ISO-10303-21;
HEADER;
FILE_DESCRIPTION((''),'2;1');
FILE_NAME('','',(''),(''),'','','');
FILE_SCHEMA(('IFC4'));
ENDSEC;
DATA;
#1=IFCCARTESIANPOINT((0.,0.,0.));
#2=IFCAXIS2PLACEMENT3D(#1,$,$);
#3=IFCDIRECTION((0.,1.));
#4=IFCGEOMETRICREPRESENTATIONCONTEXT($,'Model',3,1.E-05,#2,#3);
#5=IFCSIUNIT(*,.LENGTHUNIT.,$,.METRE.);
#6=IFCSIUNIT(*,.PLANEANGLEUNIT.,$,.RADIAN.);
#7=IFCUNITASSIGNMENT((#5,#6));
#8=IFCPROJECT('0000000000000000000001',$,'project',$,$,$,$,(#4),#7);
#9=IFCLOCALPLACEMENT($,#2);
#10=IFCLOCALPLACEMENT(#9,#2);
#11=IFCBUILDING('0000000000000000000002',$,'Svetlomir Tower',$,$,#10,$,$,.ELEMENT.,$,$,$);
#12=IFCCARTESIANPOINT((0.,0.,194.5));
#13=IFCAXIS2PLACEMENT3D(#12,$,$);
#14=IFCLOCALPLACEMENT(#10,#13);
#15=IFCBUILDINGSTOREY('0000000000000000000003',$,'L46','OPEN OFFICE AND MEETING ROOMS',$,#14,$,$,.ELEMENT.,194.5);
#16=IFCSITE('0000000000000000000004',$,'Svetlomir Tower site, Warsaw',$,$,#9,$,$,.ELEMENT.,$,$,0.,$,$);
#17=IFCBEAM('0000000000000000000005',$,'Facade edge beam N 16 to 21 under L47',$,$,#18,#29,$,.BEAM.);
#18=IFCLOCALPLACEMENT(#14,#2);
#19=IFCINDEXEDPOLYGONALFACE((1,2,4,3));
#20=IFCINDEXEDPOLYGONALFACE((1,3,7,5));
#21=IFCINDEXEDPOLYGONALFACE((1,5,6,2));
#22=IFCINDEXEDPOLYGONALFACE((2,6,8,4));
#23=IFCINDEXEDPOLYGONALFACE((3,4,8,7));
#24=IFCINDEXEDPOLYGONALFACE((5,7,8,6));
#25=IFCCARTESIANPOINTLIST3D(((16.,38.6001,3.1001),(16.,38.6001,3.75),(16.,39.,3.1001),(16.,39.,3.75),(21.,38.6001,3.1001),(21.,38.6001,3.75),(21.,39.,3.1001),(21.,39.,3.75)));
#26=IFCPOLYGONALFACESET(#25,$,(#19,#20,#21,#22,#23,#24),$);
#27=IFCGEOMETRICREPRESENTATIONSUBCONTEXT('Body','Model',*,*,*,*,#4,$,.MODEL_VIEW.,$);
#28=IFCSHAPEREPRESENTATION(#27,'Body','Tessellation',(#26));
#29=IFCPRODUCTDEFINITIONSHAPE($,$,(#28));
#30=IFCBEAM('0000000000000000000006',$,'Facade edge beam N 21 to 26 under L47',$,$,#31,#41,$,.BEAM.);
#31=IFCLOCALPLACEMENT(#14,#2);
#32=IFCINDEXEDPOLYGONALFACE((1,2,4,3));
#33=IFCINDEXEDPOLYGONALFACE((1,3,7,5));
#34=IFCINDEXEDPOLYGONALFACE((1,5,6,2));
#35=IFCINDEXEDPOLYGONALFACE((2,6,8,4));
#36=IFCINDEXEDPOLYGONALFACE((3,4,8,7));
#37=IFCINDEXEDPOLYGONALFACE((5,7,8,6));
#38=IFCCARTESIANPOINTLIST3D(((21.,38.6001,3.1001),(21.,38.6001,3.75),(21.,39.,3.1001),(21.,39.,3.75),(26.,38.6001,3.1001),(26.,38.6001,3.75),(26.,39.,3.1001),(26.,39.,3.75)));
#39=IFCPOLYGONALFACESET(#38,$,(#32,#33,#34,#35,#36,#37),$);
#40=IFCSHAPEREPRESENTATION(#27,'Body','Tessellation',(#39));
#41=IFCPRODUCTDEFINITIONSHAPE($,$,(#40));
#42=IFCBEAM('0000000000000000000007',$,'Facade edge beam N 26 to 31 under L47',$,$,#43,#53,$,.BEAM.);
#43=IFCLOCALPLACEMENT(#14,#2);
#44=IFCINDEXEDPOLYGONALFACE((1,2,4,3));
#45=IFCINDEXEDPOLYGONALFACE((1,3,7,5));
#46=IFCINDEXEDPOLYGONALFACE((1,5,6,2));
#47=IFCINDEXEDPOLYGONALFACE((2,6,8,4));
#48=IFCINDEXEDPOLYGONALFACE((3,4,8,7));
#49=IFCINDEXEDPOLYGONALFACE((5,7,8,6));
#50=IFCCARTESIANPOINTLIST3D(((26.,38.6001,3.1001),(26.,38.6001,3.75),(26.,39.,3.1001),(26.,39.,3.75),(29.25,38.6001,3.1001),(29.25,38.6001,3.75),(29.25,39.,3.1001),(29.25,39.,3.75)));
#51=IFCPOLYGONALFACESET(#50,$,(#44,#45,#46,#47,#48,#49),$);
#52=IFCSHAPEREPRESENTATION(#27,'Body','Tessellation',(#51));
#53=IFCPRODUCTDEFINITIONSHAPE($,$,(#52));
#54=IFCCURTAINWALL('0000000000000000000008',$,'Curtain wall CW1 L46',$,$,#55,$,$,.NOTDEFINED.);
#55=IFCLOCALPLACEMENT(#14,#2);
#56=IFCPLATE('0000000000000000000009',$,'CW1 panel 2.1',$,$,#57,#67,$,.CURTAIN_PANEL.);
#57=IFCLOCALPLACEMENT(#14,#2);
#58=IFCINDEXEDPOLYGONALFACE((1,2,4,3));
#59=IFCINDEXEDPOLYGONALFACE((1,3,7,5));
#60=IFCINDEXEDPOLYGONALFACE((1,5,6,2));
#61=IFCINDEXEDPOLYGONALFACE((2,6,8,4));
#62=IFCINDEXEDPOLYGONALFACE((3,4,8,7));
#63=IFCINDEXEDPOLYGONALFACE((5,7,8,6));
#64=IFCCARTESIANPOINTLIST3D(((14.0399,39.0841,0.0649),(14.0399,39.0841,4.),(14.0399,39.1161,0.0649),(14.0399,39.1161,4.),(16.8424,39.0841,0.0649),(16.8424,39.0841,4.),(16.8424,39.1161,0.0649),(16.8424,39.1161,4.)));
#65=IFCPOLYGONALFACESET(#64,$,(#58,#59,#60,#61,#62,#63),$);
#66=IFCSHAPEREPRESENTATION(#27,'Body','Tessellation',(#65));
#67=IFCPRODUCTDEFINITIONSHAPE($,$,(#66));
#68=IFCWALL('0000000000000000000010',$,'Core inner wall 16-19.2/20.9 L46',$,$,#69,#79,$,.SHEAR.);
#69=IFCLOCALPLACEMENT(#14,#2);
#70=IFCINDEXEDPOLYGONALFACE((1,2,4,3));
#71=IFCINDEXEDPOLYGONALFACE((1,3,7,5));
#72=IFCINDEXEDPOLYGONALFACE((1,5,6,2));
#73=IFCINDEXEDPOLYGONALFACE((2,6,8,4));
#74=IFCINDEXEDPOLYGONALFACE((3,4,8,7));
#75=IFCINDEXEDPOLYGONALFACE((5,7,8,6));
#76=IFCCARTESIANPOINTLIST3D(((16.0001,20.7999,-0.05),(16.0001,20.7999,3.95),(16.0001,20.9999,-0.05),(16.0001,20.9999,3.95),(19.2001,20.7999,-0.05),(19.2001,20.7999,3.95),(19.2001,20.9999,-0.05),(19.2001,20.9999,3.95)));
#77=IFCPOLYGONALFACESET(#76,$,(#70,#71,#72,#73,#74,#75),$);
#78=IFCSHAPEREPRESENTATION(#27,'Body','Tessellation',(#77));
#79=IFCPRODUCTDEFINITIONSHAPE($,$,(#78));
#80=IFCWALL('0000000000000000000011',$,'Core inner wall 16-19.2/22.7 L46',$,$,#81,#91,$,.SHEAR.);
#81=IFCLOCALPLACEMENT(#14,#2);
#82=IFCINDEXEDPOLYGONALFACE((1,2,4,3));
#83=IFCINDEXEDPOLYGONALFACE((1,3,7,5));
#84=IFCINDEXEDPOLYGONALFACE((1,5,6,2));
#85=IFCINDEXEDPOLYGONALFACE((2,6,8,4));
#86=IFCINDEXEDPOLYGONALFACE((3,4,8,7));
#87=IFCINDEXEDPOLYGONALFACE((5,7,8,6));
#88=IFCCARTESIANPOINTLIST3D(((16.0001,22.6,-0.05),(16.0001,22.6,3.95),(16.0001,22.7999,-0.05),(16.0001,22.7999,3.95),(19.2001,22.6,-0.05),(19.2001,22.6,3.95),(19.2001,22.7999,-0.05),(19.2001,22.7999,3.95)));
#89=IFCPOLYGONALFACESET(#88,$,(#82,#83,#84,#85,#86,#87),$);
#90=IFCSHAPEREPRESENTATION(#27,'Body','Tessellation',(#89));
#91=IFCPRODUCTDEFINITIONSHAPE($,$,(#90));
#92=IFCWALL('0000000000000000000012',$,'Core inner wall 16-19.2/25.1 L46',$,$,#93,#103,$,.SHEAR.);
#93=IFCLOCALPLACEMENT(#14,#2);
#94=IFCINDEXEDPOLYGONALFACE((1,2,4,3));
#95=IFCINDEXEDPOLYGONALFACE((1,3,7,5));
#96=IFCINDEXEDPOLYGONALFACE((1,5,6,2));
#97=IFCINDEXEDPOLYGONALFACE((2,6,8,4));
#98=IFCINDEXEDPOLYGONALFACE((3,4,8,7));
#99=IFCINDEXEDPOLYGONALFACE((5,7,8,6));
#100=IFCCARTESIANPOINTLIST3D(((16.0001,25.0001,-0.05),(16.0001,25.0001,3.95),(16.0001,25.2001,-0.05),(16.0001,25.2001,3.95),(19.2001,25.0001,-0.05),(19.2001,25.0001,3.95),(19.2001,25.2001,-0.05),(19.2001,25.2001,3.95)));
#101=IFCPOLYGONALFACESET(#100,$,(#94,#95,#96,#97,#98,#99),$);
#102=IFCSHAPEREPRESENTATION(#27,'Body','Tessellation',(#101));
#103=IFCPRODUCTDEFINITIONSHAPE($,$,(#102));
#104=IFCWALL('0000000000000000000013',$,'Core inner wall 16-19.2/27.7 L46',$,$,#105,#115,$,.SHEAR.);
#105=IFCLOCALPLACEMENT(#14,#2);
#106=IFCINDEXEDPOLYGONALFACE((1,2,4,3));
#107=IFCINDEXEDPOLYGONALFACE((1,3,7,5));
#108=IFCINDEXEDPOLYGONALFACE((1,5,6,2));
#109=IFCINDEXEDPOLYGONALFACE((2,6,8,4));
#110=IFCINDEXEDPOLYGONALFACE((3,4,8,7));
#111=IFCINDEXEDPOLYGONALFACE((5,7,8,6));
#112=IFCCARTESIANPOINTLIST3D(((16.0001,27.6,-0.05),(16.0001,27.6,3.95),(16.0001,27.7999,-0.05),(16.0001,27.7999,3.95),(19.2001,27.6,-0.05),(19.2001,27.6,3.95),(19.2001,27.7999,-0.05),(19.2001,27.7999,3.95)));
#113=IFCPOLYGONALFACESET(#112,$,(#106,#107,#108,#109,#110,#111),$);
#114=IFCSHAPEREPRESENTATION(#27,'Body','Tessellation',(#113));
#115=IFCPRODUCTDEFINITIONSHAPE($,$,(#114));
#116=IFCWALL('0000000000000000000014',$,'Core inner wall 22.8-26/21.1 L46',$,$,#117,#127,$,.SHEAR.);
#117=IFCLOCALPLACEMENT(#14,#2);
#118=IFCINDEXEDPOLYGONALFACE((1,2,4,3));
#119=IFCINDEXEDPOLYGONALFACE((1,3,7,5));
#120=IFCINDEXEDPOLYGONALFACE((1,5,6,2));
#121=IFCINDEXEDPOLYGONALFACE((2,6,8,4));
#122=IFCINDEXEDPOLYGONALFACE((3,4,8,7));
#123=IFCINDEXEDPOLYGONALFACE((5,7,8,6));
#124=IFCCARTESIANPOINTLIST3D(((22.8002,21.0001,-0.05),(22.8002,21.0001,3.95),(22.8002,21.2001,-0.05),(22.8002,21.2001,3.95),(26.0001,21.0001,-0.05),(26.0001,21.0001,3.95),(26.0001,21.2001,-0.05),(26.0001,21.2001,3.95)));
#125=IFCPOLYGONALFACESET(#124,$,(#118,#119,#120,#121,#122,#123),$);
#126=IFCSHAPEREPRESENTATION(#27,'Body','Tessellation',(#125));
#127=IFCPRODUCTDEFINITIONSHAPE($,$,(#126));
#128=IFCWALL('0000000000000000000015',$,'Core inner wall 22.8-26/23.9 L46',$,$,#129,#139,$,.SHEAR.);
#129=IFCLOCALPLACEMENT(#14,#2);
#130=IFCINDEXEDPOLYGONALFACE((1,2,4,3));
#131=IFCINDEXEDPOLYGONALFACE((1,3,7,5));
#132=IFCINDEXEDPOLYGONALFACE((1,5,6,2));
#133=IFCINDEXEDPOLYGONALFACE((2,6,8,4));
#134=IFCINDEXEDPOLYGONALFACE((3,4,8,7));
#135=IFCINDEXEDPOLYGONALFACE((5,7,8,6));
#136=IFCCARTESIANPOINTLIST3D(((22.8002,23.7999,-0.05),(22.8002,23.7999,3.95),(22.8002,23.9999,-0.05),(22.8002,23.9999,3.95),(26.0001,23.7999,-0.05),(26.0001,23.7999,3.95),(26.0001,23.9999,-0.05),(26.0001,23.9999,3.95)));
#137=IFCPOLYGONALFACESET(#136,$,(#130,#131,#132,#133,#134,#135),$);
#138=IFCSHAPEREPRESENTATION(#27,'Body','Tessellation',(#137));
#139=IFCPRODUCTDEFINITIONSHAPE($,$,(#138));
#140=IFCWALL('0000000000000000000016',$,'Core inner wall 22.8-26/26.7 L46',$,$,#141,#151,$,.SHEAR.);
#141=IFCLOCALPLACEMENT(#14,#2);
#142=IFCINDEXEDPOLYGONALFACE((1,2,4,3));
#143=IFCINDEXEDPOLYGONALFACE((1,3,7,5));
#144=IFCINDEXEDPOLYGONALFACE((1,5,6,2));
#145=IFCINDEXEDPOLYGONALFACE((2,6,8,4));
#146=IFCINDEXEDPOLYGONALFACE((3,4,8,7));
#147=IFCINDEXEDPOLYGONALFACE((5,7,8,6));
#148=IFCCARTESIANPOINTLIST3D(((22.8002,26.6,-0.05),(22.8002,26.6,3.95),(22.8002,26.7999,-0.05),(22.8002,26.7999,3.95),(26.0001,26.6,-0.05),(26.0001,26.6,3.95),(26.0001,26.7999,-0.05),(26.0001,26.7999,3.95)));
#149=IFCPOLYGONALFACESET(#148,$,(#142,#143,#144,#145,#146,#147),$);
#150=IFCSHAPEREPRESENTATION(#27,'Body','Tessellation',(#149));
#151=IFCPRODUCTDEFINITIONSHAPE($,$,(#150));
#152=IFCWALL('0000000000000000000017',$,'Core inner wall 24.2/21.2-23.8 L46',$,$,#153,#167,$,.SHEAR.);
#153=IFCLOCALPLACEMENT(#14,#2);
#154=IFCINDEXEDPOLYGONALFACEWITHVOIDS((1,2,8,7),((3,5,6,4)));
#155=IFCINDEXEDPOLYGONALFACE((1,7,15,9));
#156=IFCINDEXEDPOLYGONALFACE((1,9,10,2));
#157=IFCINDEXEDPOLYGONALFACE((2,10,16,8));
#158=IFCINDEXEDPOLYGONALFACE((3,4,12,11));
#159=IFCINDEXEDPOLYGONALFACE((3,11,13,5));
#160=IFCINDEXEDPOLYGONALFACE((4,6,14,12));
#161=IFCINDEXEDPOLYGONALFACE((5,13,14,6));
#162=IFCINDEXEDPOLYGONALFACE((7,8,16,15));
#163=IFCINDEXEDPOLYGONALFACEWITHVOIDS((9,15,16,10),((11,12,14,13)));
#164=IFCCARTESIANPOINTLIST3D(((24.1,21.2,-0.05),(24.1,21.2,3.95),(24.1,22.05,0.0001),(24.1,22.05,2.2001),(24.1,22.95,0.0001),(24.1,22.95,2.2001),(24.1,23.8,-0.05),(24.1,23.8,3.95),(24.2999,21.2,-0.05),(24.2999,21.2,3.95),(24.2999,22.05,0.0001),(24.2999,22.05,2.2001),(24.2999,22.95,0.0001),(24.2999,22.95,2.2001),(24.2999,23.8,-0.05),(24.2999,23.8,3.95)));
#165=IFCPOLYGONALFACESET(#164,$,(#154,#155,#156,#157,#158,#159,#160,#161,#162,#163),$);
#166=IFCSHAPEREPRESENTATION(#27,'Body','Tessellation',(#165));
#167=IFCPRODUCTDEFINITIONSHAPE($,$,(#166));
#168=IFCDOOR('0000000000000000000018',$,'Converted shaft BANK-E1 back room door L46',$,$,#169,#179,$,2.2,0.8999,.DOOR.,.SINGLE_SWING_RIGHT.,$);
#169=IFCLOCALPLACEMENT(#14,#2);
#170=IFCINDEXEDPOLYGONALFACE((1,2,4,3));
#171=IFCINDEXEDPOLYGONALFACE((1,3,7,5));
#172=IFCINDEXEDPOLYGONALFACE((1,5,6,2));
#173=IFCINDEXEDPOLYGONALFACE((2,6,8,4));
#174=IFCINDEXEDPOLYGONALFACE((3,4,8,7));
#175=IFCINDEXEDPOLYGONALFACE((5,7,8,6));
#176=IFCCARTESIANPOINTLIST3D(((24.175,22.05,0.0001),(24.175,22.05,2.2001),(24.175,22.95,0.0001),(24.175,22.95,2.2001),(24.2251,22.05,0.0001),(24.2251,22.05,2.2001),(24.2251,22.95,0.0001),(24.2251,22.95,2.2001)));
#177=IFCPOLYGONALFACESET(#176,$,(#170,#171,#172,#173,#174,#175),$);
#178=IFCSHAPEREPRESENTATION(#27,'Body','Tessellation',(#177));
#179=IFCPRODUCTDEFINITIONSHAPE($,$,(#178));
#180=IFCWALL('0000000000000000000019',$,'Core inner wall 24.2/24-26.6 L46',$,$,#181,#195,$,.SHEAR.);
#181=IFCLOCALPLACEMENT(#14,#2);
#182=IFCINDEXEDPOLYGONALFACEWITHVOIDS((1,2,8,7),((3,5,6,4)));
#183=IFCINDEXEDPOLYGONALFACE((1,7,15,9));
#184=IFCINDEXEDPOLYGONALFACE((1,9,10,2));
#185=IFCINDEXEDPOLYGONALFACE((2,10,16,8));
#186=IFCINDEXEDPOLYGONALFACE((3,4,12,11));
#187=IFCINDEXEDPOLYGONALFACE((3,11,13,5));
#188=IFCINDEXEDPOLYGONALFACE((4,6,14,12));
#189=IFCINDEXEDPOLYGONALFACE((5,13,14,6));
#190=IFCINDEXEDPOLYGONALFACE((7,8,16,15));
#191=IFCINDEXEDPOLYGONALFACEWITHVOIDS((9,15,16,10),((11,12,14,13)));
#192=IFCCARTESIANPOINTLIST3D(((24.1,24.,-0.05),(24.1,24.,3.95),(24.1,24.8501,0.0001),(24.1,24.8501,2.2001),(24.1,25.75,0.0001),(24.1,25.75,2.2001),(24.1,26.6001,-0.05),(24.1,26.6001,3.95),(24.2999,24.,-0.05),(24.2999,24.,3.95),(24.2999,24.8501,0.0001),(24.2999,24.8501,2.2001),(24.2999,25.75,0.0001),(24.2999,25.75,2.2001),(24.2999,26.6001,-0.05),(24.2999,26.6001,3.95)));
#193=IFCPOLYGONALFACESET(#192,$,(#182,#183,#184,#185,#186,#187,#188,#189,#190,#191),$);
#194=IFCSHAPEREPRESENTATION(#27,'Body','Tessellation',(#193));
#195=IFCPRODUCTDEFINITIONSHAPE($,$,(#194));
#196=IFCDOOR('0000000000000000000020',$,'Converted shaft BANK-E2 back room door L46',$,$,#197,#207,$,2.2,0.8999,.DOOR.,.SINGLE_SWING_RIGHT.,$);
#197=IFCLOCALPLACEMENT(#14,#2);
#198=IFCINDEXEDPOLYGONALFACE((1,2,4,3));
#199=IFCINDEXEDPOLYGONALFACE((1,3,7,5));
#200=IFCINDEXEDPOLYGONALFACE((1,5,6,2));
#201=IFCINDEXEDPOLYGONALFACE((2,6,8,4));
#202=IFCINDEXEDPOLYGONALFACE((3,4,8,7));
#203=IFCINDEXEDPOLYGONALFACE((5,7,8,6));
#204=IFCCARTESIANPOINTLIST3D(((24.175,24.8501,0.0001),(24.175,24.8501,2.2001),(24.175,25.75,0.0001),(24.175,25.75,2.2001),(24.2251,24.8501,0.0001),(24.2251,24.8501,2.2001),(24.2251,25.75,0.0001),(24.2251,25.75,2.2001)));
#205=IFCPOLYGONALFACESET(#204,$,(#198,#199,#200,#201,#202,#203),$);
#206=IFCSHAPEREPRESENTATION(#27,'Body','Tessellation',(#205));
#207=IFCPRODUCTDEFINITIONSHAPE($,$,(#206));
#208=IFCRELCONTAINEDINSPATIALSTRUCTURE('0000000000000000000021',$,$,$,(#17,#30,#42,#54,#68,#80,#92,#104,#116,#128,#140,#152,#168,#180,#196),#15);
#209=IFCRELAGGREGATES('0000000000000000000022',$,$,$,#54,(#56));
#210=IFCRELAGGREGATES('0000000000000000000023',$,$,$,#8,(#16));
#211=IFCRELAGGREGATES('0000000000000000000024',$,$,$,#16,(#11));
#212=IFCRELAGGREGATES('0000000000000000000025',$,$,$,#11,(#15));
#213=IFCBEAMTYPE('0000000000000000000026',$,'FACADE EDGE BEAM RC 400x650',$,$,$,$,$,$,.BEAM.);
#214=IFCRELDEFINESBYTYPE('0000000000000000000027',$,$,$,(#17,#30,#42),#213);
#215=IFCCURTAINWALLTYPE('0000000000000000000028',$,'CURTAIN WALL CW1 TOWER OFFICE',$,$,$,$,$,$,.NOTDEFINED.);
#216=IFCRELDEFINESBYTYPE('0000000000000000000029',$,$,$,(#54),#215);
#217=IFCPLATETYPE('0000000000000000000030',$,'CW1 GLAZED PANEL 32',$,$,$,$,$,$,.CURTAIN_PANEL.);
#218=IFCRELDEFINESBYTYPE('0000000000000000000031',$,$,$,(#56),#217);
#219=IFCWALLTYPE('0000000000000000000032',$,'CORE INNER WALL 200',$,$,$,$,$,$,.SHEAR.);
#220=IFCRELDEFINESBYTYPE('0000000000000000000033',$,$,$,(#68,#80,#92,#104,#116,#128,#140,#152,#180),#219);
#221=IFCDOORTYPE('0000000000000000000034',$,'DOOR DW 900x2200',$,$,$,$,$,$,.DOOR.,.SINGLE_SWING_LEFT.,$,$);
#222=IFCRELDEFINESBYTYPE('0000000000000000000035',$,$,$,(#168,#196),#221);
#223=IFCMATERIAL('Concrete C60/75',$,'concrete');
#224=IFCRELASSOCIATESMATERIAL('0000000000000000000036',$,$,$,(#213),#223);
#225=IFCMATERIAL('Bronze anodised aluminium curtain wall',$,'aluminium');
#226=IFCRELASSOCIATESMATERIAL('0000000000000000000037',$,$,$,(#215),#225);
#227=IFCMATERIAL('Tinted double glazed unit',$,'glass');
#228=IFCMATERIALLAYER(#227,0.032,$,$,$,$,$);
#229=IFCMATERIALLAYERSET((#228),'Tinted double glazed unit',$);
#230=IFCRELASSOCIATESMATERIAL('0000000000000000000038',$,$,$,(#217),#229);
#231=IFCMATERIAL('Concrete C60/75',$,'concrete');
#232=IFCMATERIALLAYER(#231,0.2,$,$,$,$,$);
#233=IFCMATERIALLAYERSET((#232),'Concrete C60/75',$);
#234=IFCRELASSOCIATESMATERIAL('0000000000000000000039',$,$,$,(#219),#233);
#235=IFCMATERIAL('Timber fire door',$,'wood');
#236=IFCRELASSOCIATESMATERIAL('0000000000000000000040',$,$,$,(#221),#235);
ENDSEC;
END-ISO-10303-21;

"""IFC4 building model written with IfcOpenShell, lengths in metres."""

from ifc_helpers import new_model, si_unit, direction, frame, frame_2d, origin, origin_2d, place, context, subcontext, project, spatial, rectangle, extrude, material, layer, layer_set, material_profile, profile_set, type_object, element, fill, aggregate, save


model = new_model("IFC4")

# Units and contexts
model_context = context("Model", 3, precision=1e-05, world=origin(), true_north=direction((0.0, 1.0)))
body_context = subcontext(model_context, "Body", "Model", "MODEL_VIEW")
ifc_project = project(units=[si_unit("LENGTHUNIT", "METRE"), si_unit("PLANEANGLEUNIT", "RADIAN")], contexts=[model_context])

# Site, building, storey
site_placement = place(None, origin())
site = spatial("IfcSite", under=ifc_project, at=site_placement, Name="Svetlomir Tower site, Warsaw", CompositionType="ELEMENT", RefElevation=0.0)
building_placement = place(site_placement, origin())
building = spatial("IfcBuilding", under=site, at=building_placement, Name="Svetlomir Tower", CompositionType="ELEMENT")
storey_placement = place(building_placement, frame((0.0, 0.0, 194.5)))
storey = spatial("IfcBuildingStorey", under=building, at=storey_placement, Name="L46", Description="OPEN OFFICE AND MEETING ROOMS", CompositionType="ELEMENT", Elevation=194.5)

# Beams
ifc_material_1 = material(Name="Concrete C60/75", Category="concrete")
ifc_material_profile = material_profile(ifc_material_1, rectangle(XDim=0.3999, YDim=0.6499, at=origin_2d()), Name="RC 400x650")
ifc_profile_set = profile_set([ifc_material_profile], Name="Concrete C60/75")
beam_type = type_object("IfcBeamType", Name="FACADE EDGE BEAM RC 400x650", PredefinedType="BEAM", material=ifc_profile_set)
for number, where, z_axis, x_axis, name in (
    (1, (16.0, 38.8, 3.425), (1.0, 0.0, 0.0), (0.0, 1.0, 0.0), "Facade edge beam N 16 to 21 under L47"),
    (2, (21.0, 38.8, 3.425), (1.0, 0.0, 0.0), (0.0, 1.0, 0.0), "Facade edge beam N 21 to 26 under L47"),
):
    element("IfcBeam", number, at=place(storey_placement, frame(where, z_axis=z_axis, x_axis=x_axis)), inside=storey, type_object=beam_type, Name=name, PredefinedType="BEAM", context=body_context, shape_type="SweptSolid", body=[
        extrude(rectangle(XDim=0.3999, YDim=0.6499, at=origin_2d()), origin(), (0.0, 0.0, 1.0), 5.0),
    ])
beam_placement = place(storey_placement, frame((26.0, 38.8, 3.425), z_axis=(1.0, 0.0, 0.0), x_axis=(0.0, 1.0, 0.0)))
element("IfcBeam", 3, at=beam_placement, inside=storey, type_object=beam_type, Name="Facade edge beam N 26 to 31 under L47", PredefinedType="BEAM", context=body_context, shape_type="SweptSolid", body=[
    extrude(rectangle(XDim=0.3999, YDim=0.6499, at=origin_2d()), origin(), (0.0, 0.0, 1.0), 3.25),
])

# Curtain wall, plate
ifc_material_2 = material(Name="Bronze anodised aluminium curtain wall", Category="aluminium")
curtain_wall_type = type_object("IfcCurtainWallType", Name="CURTAIN WALL CW1 TOWER OFFICE", PredefinedType="NOTDEFINED", material=ifc_material_2)
curtain_wall_placement = place(storey_placement, origin())
curtain_wall = element("IfcCurtainWall", 4, at=curtain_wall_placement, inside=storey, type_object=curtain_wall_type, Name="Curtain wall CW1 L46", PredefinedType="NOTDEFINED")
ifc_material_3 = material(Name="Tinted double glazed unit", Category="glass")
ifc_layer_1 = layer(ifc_material_3, 0.032)
ifc_layer_set_1 = layer_set([ifc_layer_1], Name="Tinted double glazed unit")
plate_type = type_object("IfcPlateType", Name="CW1 GLAZED PANEL 32", PredefinedType="CURTAIN_PANEL", material=ifc_layer_set_1)
plate_placement = place(storey_placement, frame((15.4412, 39.1001, 0.0649), z_axis=(0.0, 0.0, 1.0), x_axis=(-1.0, 0.0, 0.0)))
plate = element("IfcPlate", 5, at=plate_placement, type_object=plate_type, Name="CW1 panel 2.1", PredefinedType="CURTAIN_PANEL", context=body_context, shape_type="SweptSolid", body=[
    extrude(rectangle(XDim=2.8025, YDim=0.032, at=origin_2d()), origin(), (0.0, 0.0, 1.0), 3.9351),
])
aggregate(curtain_wall, [plate])

# Walls
ifc_material_4 = material(Name="Concrete C60/75", Category="concrete")
ifc_layer_2 = layer(ifc_material_4, 0.2)
ifc_layer_set_2 = layer_set([ifc_layer_2], Name="Concrete C60/75")
wall_type_1 = type_object("IfcWallType", Name="CORE INNER WALL 200", PredefinedType="SHEAR", material=ifc_layer_set_2)
for number, where, z_axis, x_axis, name in (
    (6, (16.0, 20.8999, -0.05), (0.0, 0.0, 1.0), (1.0, 0.0, 0.0), "Core inner wall 16-19.2/20.9 L46"),
    (7, (16.0, 22.7, -0.05), (0.0, 0.0, 1.0), (1.0, 0.0, 0.0), "Core inner wall 16-19.2/22.7 L46"),
    (8, (16.0, 25.1001, -0.05), (0.0, 0.0, 1.0), (1.0, 0.0, 0.0), "Core inner wall 16-19.2/25.1 L46"),
    (9, (16.0, 27.7, -0.05), (0.0, 0.0, 1.0), (1.0, 0.0, 0.0), "Core inner wall 16-19.2/27.7 L46"),
    (10, (22.8, 21.1001, -0.05), (0.0, 0.0, 1.0), (1.0, 0.0, 0.0), "Core inner wall 22.8-26/21.1 L46"),
    (11, (22.8, 23.8999, -0.05), (0.0, 0.0, 1.0), (1.0, 0.0, 0.0), "Core inner wall 22.8-26/23.9 L46"),
    (12, (22.8, 26.7, -0.05), (0.0, 0.0, 1.0), (1.0, 0.0, 0.0), "Core inner wall 22.8-26/26.7 L46"),
):
    element("IfcWall", number, at=place(storey_placement, frame(where, z_axis=z_axis, x_axis=x_axis)), inside=storey, type_object=wall_type_1, Name=name, PredefinedType="SHEAR", context=body_context, shape_type="SweptSolid", body=[
        extrude(rectangle(XDim=3.2, YDim=0.2, at=frame_2d((1.6001, 0.0))), origin(), (0.0, 0.0, 1.0), 4.0),
    ])

# Walls, openings, doors
wall_1_placement = place(storey_placement, frame((24.2, 21.2, -0.05), z_axis=(0.0, 0.0, 1.0), x_axis=(0.0, 1.0, 0.0)))
wall_1 = element("IfcWall", 13, at=wall_1_placement, inside=storey, type_object=wall_type_1, Name="Core inner wall 24.2/21.2-23.8 L46", PredefinedType="SHEAR", context=body_context, shape_type="SweptSolid", body=[
    extrude(rectangle(XDim=2.6001, YDim=0.2, at=frame_2d((1.3, 0.0))), origin(), (0.0, 0.0, 1.0), 4.0),
])
opening_1_placement = place(wall_1_placement, frame((0.8501, 0.0, 0.05)))
opening_1 = element("IfcOpeningElement", 14, at=opening_1_placement, cuts=wall_1, PredefinedType="OPENING", context=body_context, shape_type="SweptSolid", body=[
    extrude(rectangle(XDim=0.8999, YDim=2.2, at=frame_2d((0.45, 1.1001))), frame((0.0, 0.1099, 0.0), z_axis=(0.0, -1.0, 0.0), x_axis=(1.0, 0.0, 0.0)), (0.0, 0.0, 1.0), 0.22),
])
ifc_material_5 = material(Name="Timber fire door", Category="wood")
door_type_1 = type_object("IfcDoorType", Name="DOOR DW 900x2200", OperationType="SINGLE_SWING_LEFT", PredefinedType="DOOR", material=ifc_material_5)
door_1_placement = place(opening_1_placement, origin())
door_1 = element("IfcDoor", 15, at=door_1_placement, inside=storey, type_object=door_type_1, Name="Converted shaft BANK-E1 back room door L46", OperationType="SINGLE_SWING_RIGHT", OverallHeight=2.2, OverallWidth=0.8999, PredefinedType="DOOR", context=body_context, shape_type="SweptSolid", body=[
    extrude(rectangle(XDim=0.8999, YDim=2.2, at=frame_2d((0.45, 1.1001))), frame((0.0, 0.0249, 0.0), z_axis=(0.0, -1.0, 0.0), x_axis=(1.0, 0.0, 0.0)), (0.0, 0.0, 1.0), 0.05),
])
fill(opening_1, door_1)
wall_2_placement = place(storey_placement, frame((24.2, 24.0, -0.05), z_axis=(0.0, 0.0, 1.0), x_axis=(0.0, 1.0, 0.0)))
wall_2 = element("IfcWall", 16, at=wall_2_placement, inside=storey, type_object=wall_type_1, Name="Core inner wall 24.2/24-26.6 L46", PredefinedType="SHEAR", context=body_context, shape_type="SweptSolid", body=[
    extrude(rectangle(XDim=2.6001, YDim=0.2, at=frame_2d((1.3, 0.0))), origin(), (0.0, 0.0, 1.0), 4.0),
])
opening_2_placement = place(wall_2_placement, frame((0.8501, 0.0, 0.05)))
opening_2 = element("IfcOpeningElement", 17, at=opening_2_placement, cuts=wall_2, PredefinedType="OPENING", context=body_context, shape_type="SweptSolid", body=[
    extrude(rectangle(XDim=0.8999, YDim=2.2, at=frame_2d((0.45, 1.1001))), frame((0.0, 0.1099, 0.0), z_axis=(0.0, -1.0, 0.0), x_axis=(1.0, 0.0, 0.0)), (0.0, 0.0, 1.0), 0.22),
])
door_2_placement = place(opening_2_placement, origin())
door_2 = element("IfcDoor", 18, at=door_2_placement, inside=storey, type_object=door_type_1, Name="Converted shaft BANK-E2 back room door L46", OperationType="SINGLE_SWING_RIGHT", OverallHeight=2.2, OverallWidth=0.8999, PredefinedType="DOOR", context=body_context, shape_type="SweptSolid", body=[
    extrude(rectangle(XDim=0.8999, YDim=2.2, at=frame_2d((0.45, 1.1001))), frame((0.0, 0.0249, 0.0), z_axis=(0.0, -1.0, 0.0), x_axis=(1.0, 0.0, 0.0)), (0.0, 0.0, 1.0), 0.05),
])
fill(opening_2, door_2)

save(model, "model.ifc")
